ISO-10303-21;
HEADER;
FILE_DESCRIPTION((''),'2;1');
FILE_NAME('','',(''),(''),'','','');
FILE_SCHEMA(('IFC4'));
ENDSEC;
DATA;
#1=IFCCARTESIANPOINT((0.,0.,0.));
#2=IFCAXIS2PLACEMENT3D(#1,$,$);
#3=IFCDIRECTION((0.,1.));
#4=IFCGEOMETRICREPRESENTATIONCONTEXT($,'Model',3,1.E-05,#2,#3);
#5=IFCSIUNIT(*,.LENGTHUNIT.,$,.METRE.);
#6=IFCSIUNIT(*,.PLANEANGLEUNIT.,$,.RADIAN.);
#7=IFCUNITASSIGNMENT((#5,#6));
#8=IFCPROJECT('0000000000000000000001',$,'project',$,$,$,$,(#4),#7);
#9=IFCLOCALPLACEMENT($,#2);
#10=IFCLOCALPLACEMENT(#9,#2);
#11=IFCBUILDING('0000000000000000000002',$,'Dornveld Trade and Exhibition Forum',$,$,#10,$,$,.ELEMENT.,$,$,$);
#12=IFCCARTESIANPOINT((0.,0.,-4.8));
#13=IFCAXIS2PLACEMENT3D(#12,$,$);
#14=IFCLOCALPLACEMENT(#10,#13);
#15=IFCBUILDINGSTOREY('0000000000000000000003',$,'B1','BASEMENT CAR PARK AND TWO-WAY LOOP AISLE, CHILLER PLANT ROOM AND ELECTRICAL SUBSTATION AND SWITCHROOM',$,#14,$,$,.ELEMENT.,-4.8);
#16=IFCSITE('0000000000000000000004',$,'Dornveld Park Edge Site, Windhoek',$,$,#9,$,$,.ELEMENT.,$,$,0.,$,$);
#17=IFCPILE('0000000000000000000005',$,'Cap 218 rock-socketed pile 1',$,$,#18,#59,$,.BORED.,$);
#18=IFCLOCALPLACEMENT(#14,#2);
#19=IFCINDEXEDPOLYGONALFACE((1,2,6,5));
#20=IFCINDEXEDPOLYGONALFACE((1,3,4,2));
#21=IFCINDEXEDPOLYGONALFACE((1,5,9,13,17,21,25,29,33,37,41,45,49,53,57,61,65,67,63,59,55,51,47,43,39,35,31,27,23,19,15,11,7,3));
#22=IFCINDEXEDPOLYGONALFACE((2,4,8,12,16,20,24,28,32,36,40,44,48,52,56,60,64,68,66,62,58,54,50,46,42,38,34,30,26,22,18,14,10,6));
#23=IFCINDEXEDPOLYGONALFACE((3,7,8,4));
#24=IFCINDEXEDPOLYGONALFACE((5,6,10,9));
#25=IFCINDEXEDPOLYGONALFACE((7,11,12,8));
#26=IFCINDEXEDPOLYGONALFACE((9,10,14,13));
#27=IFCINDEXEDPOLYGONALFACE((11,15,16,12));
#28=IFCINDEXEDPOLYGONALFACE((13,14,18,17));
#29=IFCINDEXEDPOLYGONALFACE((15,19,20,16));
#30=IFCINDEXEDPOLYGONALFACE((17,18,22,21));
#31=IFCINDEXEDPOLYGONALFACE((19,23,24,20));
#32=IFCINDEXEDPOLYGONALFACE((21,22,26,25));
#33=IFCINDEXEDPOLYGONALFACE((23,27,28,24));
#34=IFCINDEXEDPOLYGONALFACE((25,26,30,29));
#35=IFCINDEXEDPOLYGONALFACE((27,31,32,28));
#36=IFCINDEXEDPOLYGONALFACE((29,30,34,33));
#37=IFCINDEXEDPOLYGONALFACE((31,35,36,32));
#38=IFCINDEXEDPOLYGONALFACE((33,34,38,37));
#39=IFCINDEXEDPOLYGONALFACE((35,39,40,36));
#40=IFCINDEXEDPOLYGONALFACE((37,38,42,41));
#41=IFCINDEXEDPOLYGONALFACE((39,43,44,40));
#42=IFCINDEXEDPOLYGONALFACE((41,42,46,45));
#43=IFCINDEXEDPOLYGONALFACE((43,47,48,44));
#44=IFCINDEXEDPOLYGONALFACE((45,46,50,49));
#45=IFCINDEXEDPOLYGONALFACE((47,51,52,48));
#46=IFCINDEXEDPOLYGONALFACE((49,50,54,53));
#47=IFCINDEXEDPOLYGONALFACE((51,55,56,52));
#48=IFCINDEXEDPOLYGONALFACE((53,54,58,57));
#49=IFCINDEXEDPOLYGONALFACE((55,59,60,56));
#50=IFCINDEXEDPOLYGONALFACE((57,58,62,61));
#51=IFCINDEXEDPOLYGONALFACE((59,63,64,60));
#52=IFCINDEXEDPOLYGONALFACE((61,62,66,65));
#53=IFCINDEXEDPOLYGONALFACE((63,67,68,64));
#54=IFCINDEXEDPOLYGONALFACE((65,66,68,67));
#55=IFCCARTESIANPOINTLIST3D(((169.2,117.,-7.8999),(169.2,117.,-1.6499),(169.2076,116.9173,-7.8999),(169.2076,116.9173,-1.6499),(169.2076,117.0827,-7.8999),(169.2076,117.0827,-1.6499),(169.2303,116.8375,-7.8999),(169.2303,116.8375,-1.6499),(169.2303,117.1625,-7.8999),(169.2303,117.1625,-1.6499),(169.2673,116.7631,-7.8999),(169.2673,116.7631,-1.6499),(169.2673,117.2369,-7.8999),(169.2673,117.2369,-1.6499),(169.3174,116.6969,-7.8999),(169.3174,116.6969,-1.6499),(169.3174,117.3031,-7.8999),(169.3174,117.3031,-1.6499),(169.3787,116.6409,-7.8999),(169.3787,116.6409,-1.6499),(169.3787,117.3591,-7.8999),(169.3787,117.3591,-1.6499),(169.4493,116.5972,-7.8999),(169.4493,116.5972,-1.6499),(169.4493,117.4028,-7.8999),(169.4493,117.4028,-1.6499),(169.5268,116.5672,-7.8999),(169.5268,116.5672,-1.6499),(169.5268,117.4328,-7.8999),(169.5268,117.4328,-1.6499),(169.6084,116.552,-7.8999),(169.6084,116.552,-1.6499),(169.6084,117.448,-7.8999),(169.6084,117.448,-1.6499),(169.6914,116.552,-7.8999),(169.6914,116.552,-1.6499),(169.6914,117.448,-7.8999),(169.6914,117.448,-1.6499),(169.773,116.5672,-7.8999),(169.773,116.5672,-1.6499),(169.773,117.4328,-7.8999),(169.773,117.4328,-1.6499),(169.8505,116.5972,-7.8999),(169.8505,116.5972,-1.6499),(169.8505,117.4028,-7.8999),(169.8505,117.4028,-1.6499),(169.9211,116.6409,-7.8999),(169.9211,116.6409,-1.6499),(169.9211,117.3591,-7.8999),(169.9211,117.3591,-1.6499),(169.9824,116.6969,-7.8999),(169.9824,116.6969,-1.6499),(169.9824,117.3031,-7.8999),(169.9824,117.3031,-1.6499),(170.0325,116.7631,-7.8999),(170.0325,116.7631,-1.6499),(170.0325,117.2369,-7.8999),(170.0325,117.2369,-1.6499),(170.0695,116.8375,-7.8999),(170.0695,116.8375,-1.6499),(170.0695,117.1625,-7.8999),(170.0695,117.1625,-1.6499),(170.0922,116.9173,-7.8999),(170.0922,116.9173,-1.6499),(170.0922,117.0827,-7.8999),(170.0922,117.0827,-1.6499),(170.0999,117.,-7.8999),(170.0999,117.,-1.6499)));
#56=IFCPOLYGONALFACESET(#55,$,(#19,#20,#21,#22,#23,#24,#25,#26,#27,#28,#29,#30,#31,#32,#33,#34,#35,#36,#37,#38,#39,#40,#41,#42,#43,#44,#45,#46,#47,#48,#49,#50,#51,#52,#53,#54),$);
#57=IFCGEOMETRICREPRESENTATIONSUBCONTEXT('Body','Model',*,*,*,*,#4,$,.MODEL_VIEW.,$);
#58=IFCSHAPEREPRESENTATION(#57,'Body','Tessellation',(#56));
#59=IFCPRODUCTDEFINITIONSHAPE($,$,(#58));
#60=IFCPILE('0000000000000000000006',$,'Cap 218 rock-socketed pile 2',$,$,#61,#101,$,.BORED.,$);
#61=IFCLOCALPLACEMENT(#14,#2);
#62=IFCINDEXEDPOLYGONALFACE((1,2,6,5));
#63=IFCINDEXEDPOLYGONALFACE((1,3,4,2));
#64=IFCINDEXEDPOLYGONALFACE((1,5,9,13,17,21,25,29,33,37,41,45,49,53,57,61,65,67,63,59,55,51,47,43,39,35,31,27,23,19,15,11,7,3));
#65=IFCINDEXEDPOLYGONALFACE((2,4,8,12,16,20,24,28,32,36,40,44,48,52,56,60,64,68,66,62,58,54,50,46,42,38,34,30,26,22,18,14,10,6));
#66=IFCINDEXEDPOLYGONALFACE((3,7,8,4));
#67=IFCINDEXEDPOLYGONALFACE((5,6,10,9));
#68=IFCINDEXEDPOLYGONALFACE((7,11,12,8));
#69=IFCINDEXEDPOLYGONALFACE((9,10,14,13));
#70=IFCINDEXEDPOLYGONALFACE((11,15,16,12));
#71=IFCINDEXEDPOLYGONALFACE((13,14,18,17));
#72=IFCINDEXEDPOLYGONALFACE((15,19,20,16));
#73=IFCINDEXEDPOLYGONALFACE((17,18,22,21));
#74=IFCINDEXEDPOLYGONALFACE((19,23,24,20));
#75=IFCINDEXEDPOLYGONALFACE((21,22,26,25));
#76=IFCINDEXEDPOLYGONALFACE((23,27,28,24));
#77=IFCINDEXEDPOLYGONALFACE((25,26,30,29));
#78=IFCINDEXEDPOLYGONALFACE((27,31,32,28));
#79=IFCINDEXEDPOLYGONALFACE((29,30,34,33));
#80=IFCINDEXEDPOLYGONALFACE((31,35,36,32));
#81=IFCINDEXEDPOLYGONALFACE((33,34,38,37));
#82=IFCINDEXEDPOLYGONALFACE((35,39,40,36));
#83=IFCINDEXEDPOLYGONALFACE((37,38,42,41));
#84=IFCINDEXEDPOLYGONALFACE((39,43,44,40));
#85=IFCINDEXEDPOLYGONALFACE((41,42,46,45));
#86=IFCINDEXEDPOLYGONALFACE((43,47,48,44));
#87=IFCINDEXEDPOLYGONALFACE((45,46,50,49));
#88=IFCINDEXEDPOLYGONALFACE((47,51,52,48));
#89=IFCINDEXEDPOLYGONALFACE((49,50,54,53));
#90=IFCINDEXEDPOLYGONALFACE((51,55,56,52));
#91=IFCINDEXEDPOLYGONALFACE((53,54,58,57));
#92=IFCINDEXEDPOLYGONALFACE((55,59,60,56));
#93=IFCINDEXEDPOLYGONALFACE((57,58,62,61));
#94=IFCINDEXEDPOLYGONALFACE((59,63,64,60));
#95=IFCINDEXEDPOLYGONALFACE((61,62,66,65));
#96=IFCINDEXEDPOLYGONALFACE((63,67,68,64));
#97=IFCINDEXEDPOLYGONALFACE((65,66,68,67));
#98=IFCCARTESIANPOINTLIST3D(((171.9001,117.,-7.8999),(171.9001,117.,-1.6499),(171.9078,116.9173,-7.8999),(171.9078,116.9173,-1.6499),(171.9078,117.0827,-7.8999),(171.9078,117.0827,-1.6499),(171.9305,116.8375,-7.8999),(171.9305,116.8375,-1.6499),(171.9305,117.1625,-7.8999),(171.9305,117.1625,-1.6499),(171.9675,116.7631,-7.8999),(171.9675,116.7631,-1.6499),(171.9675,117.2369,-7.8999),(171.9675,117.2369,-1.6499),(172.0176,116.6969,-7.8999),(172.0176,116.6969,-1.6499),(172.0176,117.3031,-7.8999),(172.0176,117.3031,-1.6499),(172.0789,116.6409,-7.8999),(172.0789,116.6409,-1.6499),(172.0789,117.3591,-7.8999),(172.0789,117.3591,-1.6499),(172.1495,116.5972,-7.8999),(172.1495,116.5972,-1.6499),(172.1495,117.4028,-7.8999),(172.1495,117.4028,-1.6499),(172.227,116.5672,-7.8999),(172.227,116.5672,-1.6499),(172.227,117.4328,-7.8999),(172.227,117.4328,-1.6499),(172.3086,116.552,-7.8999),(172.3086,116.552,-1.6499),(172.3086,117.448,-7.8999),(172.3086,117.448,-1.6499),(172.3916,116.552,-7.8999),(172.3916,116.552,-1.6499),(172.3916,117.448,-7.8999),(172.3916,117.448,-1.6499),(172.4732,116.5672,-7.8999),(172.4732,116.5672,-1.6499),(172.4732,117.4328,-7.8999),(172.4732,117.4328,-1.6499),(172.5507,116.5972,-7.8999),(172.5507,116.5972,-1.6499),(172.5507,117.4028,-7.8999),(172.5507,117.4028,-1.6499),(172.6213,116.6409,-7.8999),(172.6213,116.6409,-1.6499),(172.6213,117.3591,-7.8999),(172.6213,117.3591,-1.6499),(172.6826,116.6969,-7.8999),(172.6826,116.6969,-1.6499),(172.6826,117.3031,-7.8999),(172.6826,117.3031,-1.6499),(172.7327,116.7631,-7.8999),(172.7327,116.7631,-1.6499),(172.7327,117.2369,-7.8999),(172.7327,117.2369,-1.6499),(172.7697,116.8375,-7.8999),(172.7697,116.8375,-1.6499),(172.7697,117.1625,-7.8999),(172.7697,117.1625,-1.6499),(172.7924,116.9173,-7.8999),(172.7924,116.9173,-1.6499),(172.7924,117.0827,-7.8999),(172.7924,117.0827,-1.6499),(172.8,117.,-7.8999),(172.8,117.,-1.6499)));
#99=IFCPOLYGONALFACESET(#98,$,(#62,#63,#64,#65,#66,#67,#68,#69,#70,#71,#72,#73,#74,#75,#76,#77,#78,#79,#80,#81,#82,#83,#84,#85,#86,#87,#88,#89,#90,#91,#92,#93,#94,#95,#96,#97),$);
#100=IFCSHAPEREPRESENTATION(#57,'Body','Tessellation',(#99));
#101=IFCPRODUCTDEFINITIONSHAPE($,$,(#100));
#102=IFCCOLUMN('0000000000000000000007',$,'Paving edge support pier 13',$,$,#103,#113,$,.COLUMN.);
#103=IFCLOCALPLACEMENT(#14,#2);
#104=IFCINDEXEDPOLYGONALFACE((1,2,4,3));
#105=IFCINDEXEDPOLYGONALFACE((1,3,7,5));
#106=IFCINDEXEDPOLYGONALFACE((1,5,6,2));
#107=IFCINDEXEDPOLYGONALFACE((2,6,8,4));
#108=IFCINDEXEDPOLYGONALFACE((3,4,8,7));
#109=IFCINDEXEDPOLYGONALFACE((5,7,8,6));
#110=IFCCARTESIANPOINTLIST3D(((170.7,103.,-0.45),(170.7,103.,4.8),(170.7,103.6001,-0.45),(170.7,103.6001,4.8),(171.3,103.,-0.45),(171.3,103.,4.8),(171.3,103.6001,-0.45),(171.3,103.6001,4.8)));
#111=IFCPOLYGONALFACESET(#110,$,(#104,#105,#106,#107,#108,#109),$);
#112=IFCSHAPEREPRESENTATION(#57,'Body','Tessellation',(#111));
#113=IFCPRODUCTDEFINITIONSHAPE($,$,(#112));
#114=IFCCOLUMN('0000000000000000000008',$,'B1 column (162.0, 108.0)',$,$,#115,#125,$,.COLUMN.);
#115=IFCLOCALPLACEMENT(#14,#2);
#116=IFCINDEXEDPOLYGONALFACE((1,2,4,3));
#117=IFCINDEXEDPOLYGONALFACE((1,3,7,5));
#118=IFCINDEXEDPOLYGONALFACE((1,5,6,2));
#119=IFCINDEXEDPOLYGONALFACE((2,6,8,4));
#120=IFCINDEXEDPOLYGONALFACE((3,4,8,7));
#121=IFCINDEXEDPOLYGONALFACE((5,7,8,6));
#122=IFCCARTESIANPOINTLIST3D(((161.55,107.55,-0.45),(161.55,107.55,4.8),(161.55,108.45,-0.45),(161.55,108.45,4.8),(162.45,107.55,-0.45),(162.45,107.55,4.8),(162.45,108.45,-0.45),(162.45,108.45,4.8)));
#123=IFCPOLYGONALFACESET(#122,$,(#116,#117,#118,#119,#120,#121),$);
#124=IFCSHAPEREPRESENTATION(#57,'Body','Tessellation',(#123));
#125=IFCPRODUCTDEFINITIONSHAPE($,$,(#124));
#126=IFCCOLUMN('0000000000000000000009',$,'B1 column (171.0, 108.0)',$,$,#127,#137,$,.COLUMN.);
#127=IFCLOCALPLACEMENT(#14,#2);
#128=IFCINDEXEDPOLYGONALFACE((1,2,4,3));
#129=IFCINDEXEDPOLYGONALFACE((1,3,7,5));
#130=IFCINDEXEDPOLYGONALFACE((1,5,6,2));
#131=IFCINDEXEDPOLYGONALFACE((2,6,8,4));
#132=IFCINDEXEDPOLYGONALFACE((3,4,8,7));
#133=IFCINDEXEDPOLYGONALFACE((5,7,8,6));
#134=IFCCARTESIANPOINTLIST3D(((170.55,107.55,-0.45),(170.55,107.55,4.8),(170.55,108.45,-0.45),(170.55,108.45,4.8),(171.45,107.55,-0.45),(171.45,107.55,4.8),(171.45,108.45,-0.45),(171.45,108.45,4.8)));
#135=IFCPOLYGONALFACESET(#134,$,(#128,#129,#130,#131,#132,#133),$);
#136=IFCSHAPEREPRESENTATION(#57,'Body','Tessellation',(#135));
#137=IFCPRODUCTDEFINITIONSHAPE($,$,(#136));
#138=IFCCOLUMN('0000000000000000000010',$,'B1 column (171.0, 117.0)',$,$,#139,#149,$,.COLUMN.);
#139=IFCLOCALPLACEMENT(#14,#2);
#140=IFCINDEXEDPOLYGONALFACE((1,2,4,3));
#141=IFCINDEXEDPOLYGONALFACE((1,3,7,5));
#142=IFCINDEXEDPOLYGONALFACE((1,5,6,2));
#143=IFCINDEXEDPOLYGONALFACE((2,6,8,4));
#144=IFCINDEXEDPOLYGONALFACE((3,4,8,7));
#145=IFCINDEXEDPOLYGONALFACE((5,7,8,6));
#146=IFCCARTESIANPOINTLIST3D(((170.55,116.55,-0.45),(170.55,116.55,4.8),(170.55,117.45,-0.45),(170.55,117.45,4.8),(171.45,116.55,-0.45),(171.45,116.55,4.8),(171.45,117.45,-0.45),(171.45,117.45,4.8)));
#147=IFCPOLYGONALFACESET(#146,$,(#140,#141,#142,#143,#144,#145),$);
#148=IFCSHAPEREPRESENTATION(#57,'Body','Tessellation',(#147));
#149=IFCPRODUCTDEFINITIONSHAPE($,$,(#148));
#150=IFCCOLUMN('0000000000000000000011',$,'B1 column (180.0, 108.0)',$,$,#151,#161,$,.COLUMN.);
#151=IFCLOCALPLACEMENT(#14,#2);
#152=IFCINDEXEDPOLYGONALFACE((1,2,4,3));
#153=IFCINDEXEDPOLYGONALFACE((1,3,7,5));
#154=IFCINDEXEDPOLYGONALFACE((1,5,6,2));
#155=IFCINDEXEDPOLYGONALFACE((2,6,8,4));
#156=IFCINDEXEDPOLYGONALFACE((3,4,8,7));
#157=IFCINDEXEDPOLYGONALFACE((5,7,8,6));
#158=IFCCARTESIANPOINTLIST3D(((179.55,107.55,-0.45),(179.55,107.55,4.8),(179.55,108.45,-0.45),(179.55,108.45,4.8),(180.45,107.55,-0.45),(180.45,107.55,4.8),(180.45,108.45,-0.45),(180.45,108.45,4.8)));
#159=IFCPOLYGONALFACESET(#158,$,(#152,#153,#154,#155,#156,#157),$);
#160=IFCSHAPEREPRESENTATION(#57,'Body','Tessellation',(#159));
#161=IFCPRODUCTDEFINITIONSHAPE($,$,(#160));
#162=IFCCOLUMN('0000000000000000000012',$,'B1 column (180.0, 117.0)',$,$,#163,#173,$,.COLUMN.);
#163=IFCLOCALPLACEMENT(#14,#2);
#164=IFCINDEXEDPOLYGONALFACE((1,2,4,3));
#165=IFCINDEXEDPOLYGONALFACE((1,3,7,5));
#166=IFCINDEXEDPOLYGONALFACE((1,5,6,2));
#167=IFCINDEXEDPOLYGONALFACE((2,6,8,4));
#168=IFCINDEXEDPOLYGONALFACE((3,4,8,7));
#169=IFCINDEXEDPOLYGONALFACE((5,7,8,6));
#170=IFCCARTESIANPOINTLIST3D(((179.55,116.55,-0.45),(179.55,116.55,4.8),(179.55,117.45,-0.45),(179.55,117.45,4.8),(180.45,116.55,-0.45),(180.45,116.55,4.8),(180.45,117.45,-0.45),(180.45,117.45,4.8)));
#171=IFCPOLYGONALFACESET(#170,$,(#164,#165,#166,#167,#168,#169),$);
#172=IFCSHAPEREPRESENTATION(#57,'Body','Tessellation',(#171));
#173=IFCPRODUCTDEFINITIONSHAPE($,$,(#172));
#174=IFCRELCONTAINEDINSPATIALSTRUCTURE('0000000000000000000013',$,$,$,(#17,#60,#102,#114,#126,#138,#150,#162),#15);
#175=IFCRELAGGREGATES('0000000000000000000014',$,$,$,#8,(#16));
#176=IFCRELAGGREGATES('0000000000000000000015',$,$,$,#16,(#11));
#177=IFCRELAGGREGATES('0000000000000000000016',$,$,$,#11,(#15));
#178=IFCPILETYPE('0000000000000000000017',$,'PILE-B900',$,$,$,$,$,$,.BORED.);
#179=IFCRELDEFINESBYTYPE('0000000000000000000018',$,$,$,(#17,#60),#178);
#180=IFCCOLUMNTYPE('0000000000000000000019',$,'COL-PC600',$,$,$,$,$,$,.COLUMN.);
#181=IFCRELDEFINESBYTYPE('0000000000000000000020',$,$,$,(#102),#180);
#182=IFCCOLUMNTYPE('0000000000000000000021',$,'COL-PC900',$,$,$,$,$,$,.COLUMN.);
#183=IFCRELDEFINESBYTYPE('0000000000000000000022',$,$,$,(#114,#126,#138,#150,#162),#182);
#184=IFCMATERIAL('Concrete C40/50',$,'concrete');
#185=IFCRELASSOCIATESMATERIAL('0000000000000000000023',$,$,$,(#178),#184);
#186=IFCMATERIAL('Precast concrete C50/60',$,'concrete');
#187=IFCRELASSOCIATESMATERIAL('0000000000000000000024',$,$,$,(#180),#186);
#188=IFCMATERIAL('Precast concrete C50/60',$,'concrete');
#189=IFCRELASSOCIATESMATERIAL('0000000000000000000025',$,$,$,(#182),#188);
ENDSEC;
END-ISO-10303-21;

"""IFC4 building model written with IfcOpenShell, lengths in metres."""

from ifc_helpers import new_model, si_unit, direction, frame, origin, origin_2d, place, context, subcontext, project, spatial, rectangle, circle, extrude, material, material_profile, profile_set, type_object, element, save


model = new_model("IFC4")

# Units and contexts
model_context = context("Model", 3, precision=1e-05, world=origin(), true_north=direction((0.0, 1.0)))
body_context = subcontext(model_context, "Body", "Model", "MODEL_VIEW")
ifc_project = project(units=[si_unit("LENGTHUNIT", "METRE"), si_unit("PLANEANGLEUNIT", "RADIAN")], contexts=[model_context])

# Site, building, storey
site_placement = place(None, origin())
site = spatial("IfcSite", under=ifc_project, at=site_placement, Name="Dornveld Park Edge Site, Windhoek", CompositionType="ELEMENT", RefElevation=0.0)
building_placement = place(site_placement, origin())
building = spatial("IfcBuilding", under=site, at=building_placement, Name="Dornveld Trade and Exhibition Forum", CompositionType="ELEMENT")
storey_placement = place(building_placement, frame((0.0, 0.0, -4.8)))
storey = spatial("IfcBuildingStorey", under=building, at=storey_placement, Name="B1", Description="BASEMENT CAR PARK AND TWO-WAY LOOP AISLE, CHILLER PLANT ROOM AND ELECTRICAL SUBSTATION AND SWITCHROOM", CompositionType="ELEMENT", Elevation=-4.8)

# Piles
ifc_material_1 = material(Name="Concrete C40/50", Category="concrete")
ifc_material_profile_1 = material_profile(ifc_material_1, circle(Radius=0.45, at=origin_2d()), Name="PILE D900")
ifc_profile_set_1 = profile_set([ifc_material_profile_1], Name="Concrete C40/50")
pile_type_1 = type_object("IfcPileType", Name="PILE-B900", PredefinedType="BORED", material=ifc_profile_set_1)
for number, where, z_axis, x_axis, name in (
    (1, (169.6499, 117.0, -1.6499), (0.0, 0.0, -1.0), (1.0, 0.0, 0.0), "Cap 218 rock-socketed pile 1"),
    (2, (172.3501, 117.0, -1.6499), (0.0, 0.0, -1.0), (1.0, 0.0, 0.0), "Cap 218 rock-socketed pile 2"),
):
    element("IfcPile", number, at=place(storey_placement, frame(where, z_axis=z_axis, x_axis=x_axis)), inside=storey, type_object=pile_type_1, Name=name, PredefinedType="BORED", context=body_context, shape_type="SweptSolid", body=[
        extrude(circle(Radius=0.45, at=origin_2d()), origin(), (0.0, 0.0, 1.0), 6.25),
    ])

# Columns
ifc_material_2 = material(Name="Precast concrete C50/60", Category="concrete")
ifc_material_profile_2 = material_profile(ifc_material_2, rectangle(XDim=0.6001, YDim=0.6001, at=origin_2d()), Name="PC-COL 600x600")
ifc_profile_set_2 = profile_set([ifc_material_profile_2], Name="Precast concrete C50/60")
column_type_1 = type_object("IfcColumnType", Name="COL-PC600", PredefinedType="COLUMN", material=ifc_profile_set_2)
column_placement = place(storey_placement, frame((171.0, 103.3, -0.45), z_axis=(0.0, 0.0, 1.0), x_axis=(1.0, 0.0, 0.0)))
element("IfcColumn", 3, at=column_placement, inside=storey, type_object=column_type_1, Name="Paving edge support pier 13", PredefinedType="COLUMN", context=body_context, shape_type="SweptSolid", body=[
    extrude(rectangle(XDim=0.6001, YDim=0.6001, at=origin_2d()), origin(), (0.0, 0.0, 1.0), 5.25),
])
ifc_material_3 = material(Name="Precast concrete C50/60", Category="concrete")
ifc_material_profile_3 = material_profile(ifc_material_3, rectangle(XDim=0.8999, YDim=0.8999, at=origin_2d()), Name="PC-COL 900x900")
ifc_profile_set_3 = profile_set([ifc_material_profile_3], Name="Precast concrete C50/60")
column_type_2 = type_object("IfcColumnType", Name="COL-PC900", PredefinedType="COLUMN", material=ifc_profile_set_3)
for number, where, z_axis, x_axis, name in (
    (4, (162.0, 108.0, -0.45), (0.0, 0.0, 1.0), (1.0, 0.0, 0.0), "B1 column (162.0, 108.0)"),
    (5, (171.0, 108.0, -0.45), (0.0, 0.0, 1.0), (1.0, 0.0, 0.0), "B1 column (171.0, 108.0)"),
    (6, (171.0, 117.0, -0.45), (0.0, 0.0, 1.0), (1.0, 0.0, 0.0), "B1 column (171.0, 117.0)"),
    (7, (180.0, 108.0, -0.45), (0.0, 0.0, 1.0), (1.0, 0.0, 0.0), "B1 column (180.0, 108.0)"),
    (8, (180.0, 117.0, -0.45), (0.0, 0.0, 1.0), (1.0, 0.0, 0.0), "B1 column (180.0, 117.0)"),
):
    element("IfcColumn", number, at=place(storey_placement, frame(where, z_axis=z_axis, x_axis=x_axis)), inside=storey, type_object=column_type_2, Name=name, PredefinedType="COLUMN", context=body_context, shape_type="SweptSolid", body=[
        extrude(rectangle(XDim=0.8999, YDim=0.8999, at=origin_2d()), origin(), (0.0, 0.0, 1.0), 5.25),
    ])

save(model, "model.ifc")
